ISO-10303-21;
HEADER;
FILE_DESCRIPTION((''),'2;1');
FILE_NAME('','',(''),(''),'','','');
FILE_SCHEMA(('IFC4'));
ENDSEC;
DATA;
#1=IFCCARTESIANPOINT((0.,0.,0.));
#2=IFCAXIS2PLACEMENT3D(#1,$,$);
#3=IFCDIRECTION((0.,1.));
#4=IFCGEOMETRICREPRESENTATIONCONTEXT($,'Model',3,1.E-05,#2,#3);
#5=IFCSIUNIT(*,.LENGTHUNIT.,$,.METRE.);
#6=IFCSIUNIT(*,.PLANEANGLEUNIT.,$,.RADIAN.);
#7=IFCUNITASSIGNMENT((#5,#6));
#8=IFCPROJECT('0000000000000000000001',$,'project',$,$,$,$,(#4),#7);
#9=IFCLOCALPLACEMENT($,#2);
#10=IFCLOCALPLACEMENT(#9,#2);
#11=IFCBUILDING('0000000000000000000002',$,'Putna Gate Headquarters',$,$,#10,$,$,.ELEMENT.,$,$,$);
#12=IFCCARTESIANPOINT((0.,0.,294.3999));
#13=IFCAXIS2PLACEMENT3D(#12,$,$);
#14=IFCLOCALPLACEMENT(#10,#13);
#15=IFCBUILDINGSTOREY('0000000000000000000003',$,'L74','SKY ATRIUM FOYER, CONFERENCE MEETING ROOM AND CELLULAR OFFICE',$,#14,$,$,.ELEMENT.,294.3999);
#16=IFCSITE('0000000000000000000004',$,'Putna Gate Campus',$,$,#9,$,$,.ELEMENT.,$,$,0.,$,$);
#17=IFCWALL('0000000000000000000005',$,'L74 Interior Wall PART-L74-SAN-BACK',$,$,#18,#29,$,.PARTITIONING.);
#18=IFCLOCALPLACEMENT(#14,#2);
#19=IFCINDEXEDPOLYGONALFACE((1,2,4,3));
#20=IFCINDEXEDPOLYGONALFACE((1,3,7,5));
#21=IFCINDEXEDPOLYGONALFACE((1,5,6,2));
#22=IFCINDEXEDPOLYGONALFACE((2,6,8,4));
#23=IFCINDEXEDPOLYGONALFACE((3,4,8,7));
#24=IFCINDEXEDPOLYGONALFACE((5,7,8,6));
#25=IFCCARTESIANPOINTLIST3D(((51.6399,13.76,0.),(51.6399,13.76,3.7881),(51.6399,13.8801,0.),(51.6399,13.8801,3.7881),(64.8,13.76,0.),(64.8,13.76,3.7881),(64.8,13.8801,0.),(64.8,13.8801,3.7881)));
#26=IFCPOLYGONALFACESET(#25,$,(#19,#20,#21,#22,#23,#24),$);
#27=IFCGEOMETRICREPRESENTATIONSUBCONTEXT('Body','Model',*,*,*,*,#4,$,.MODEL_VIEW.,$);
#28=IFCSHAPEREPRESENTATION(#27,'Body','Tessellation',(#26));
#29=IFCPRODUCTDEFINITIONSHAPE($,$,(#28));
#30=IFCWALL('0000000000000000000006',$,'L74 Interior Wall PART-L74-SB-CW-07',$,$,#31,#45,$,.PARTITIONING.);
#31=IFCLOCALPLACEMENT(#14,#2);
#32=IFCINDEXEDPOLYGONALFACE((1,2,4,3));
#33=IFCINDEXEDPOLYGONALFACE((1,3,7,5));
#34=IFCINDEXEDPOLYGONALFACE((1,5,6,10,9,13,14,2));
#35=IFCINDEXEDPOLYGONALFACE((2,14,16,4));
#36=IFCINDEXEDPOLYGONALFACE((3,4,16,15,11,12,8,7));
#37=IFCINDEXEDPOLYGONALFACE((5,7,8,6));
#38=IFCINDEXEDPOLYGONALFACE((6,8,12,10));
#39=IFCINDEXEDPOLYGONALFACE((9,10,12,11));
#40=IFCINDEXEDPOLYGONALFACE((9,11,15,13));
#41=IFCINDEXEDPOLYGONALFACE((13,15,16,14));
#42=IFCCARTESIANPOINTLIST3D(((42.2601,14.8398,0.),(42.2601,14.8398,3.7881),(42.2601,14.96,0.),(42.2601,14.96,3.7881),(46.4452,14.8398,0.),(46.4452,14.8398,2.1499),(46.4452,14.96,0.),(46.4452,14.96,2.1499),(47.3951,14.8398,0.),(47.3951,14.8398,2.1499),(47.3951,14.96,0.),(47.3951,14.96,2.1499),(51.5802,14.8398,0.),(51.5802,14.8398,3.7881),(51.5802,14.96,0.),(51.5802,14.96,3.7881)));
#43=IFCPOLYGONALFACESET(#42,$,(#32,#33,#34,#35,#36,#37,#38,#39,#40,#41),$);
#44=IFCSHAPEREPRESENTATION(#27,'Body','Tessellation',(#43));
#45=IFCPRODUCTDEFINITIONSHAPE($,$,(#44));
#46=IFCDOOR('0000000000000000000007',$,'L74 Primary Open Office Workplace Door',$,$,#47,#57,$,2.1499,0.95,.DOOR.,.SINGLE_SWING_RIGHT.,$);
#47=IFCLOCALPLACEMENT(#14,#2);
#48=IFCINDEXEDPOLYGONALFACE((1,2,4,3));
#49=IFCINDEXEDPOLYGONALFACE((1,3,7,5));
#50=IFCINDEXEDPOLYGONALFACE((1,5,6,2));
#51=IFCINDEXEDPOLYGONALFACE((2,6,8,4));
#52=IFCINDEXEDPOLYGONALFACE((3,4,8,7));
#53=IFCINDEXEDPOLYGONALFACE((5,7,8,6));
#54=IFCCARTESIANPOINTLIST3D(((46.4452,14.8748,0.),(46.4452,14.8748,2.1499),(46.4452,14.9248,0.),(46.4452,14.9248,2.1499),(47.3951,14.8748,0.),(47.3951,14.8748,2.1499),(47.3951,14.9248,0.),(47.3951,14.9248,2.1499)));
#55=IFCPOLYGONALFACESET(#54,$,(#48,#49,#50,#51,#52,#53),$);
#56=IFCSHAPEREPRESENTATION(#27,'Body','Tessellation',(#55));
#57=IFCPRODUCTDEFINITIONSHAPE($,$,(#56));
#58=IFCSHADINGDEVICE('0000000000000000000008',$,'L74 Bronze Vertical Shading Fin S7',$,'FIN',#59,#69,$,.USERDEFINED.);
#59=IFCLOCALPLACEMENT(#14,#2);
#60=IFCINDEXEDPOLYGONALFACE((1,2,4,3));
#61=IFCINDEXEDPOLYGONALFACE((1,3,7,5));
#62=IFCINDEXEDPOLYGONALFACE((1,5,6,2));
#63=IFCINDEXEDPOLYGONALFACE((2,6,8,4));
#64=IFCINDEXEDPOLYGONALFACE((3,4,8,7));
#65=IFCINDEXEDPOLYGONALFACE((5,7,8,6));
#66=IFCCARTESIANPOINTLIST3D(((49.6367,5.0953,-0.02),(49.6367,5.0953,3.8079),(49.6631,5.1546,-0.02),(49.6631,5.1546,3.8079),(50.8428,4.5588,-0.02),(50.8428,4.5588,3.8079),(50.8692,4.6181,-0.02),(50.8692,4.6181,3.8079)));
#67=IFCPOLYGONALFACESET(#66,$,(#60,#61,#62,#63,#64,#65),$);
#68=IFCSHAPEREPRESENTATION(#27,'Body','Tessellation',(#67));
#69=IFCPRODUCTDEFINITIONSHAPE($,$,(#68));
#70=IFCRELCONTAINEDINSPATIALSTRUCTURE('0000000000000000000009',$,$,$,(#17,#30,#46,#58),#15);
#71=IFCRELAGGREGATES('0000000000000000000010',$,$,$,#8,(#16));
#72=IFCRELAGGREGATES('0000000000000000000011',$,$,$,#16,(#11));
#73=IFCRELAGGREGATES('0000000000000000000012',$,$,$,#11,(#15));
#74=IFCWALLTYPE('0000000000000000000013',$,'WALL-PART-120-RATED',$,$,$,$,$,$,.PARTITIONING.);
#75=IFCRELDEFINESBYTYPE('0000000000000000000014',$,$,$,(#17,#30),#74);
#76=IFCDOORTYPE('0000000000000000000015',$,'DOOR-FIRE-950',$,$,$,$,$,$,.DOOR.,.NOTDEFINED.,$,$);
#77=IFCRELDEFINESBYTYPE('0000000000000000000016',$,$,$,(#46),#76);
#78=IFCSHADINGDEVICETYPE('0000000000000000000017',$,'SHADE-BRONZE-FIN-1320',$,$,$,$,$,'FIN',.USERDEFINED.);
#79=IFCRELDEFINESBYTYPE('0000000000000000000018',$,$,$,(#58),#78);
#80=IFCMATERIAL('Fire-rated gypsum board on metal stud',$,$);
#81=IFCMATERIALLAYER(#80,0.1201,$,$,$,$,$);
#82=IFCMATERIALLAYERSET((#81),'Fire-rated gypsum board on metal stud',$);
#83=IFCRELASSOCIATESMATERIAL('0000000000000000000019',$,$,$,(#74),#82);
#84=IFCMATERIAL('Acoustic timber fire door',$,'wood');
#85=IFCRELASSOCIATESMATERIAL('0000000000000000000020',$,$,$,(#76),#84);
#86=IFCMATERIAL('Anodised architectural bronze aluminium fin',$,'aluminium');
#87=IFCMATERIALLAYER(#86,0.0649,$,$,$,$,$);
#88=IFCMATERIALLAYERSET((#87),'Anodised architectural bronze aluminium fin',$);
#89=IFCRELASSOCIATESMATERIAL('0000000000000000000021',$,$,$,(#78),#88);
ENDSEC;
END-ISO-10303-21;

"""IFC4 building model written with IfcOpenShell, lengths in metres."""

from ifc_helpers import new_model, si_unit, direction, frame, frame_2d, origin, origin_2d, place, context, subcontext, project, spatial, rectangle, extrude, material, layer, layer_set, type_object, element, fill, save


model = new_model("IFC4")

# Units and contexts
model_context = context("Model", 3, precision=1e-05, world=origin(), true_north=direction((0.0, 1.0)))
body_context = subcontext(model_context, "Body", "Model", "MODEL_VIEW")
ifc_project = project(units=[si_unit("LENGTHUNIT", "METRE"), si_unit("PLANEANGLEUNIT", "RADIAN")], contexts=[model_context])

# Site, building, storey
site_placement = place(None, origin())
site = spatial("IfcSite", under=ifc_project, at=site_placement, Name="Putna Gate Campus", CompositionType="ELEMENT", RefElevation=0.0)
building_placement = place(site_placement, origin())
building = spatial("IfcBuilding", under=site, at=building_placement, Name="Putna Gate Headquarters", CompositionType="ELEMENT")
storey_placement = place(building_placement, frame((0.0, 0.0, 294.3999)))
storey = spatial("IfcBuildingStorey", under=building, at=storey_placement, Name="L74", Description="SKY ATRIUM FOYER, CONFERENCE MEETING ROOM AND CELLULAR OFFICE", CompositionType="ELEMENT", Elevation=294.3999)

# Wall
ifc_material_1 = material(Name="Fire-rated gypsum board on metal stud")
ifc_layer_1 = layer(ifc_material_1, 0.1201)
ifc_layer_set_1 = layer_set([ifc_layer_1], Name="Fire-rated gypsum board on metal stud")
wall_type_1 = type_object("IfcWallType", Name="WALL-PART-120-RATED", PredefinedType="PARTITIONING", material=ifc_layer_set_1)
wall_1_placement = place(storey_placement, frame((51.6399, 13.8201, 0.0), z_axis=(0.0, 0.0, 1.0), x_axis=(1.0, 0.0, 0.0)))
element("IfcWall", 1, at=wall_1_placement, inside=storey, type_object=wall_type_1, Name="L74 Interior Wall PART-L74-SAN-BACK", PredefinedType="PARTITIONING", context=body_context, shape_type="SweptSolid", body=[
    extrude(rectangle(XDim=13.1602, YDim=0.1201, at=frame_2d((6.5801, 0.0))), origin(), (0.0, 0.0, 1.0), 3.7881),
])

# Wall, opening, door
wall_2_placement = place(storey_placement, frame((42.26, 14.8999, 0.0), z_axis=(0.0, 0.0, 1.0), x_axis=(1.0, 0.0, 0.0)))
wall_2 = element("IfcWall", 2, at=wall_2_placement, inside=storey, type_object=wall_type_1, Name="L74 Interior Wall PART-L74-SB-CW-07", PredefinedType="PARTITIONING", context=body_context, shape_type="SweptSolid", body=[
    extrude(rectangle(XDim=9.3201, YDim=0.1201, at=frame_2d((4.6602, 0.0))), origin(), (0.0, 0.0, 1.0), 3.7881),
])
opening_placement = place(wall_2_placement, frame((4.1851, 0.0, 0.0)))
opening = element("IfcOpeningElement", 3, at=opening_placement, cuts=wall_2, PredefinedType="OPENING", context=body_context, shape_type="SweptSolid", body=[
    extrude(rectangle(XDim=0.95, YDim=2.1499, at=frame_2d((0.4751, 1.075))), frame((0.0, 0.0701, 0.0), z_axis=(0.0, -1.0, 0.0), x_axis=(1.0, 0.0, 0.0)), (0.0, 0.0, 1.0), 0.1401),
])
ifc_material_2 = material(Name="Acoustic timber fire door", Category="wood")
door_type = type_object("IfcDoorType", Name="DOOR-FIRE-950", OperationType="NOTDEFINED", PredefinedType="DOOR", material=ifc_material_2)
door_placement = place(opening_placement, origin())
door = element("IfcDoor", 4, at=door_placement, inside=storey, type_object=door_type, Name="L74 Primary Open Office Workplace Door", OperationType="SINGLE_SWING_RIGHT", OverallHeight=2.1499, OverallWidth=0.95, PredefinedType="DOOR", context=body_context, shape_type="SweptSolid", body=[
    extrude(rectangle(XDim=0.95, YDim=2.1499, at=frame_2d((0.4751, 1.075))), frame((0.0, 0.0249, 0.0), z_axis=(0.0, -1.0, 0.0), x_axis=(1.0, 0.0, 0.0)), (0.0, 0.0, 1.0), 0.05),
])
fill(opening, door)

# Shading device
ifc_material_3 = material(Name="Anodised architectural bronze aluminium fin", Category="aluminium")
ifc_layer_2 = layer(ifc_material_3, 0.0649)
ifc_layer_set_2 = layer_set([ifc_layer_2], Name="Anodised architectural bronze aluminium fin")
shading_device_type = type_object("IfcShadingDeviceType", Name="SHADE-BRONZE-FIN-1320", ElementType="FIN", PredefinedType="USERDEFINED", material=ifc_layer_set_2)
shading_device_placement = place(storey_placement, frame((50.2529, 4.8567, -0.02), z_axis=(0.0, 0.0, 1.0), x_axis=(0.913687, -0.406418, 0.0)))
element("IfcShadingDevice", 5, at=shading_device_placement, inside=storey, type_object=shading_device_type, Name="L74 Bronze Vertical Shading Fin S7", ObjectType="FIN", PredefinedType="USERDEFINED", context=body_context, shape_type="SweptSolid", body=[
    extrude(rectangle(XDim=1.3201, YDim=0.0649, at=origin_2d()), origin(), (0.0, 0.0, 1.0), 3.8279),
])

save(model, "model.ifc")
